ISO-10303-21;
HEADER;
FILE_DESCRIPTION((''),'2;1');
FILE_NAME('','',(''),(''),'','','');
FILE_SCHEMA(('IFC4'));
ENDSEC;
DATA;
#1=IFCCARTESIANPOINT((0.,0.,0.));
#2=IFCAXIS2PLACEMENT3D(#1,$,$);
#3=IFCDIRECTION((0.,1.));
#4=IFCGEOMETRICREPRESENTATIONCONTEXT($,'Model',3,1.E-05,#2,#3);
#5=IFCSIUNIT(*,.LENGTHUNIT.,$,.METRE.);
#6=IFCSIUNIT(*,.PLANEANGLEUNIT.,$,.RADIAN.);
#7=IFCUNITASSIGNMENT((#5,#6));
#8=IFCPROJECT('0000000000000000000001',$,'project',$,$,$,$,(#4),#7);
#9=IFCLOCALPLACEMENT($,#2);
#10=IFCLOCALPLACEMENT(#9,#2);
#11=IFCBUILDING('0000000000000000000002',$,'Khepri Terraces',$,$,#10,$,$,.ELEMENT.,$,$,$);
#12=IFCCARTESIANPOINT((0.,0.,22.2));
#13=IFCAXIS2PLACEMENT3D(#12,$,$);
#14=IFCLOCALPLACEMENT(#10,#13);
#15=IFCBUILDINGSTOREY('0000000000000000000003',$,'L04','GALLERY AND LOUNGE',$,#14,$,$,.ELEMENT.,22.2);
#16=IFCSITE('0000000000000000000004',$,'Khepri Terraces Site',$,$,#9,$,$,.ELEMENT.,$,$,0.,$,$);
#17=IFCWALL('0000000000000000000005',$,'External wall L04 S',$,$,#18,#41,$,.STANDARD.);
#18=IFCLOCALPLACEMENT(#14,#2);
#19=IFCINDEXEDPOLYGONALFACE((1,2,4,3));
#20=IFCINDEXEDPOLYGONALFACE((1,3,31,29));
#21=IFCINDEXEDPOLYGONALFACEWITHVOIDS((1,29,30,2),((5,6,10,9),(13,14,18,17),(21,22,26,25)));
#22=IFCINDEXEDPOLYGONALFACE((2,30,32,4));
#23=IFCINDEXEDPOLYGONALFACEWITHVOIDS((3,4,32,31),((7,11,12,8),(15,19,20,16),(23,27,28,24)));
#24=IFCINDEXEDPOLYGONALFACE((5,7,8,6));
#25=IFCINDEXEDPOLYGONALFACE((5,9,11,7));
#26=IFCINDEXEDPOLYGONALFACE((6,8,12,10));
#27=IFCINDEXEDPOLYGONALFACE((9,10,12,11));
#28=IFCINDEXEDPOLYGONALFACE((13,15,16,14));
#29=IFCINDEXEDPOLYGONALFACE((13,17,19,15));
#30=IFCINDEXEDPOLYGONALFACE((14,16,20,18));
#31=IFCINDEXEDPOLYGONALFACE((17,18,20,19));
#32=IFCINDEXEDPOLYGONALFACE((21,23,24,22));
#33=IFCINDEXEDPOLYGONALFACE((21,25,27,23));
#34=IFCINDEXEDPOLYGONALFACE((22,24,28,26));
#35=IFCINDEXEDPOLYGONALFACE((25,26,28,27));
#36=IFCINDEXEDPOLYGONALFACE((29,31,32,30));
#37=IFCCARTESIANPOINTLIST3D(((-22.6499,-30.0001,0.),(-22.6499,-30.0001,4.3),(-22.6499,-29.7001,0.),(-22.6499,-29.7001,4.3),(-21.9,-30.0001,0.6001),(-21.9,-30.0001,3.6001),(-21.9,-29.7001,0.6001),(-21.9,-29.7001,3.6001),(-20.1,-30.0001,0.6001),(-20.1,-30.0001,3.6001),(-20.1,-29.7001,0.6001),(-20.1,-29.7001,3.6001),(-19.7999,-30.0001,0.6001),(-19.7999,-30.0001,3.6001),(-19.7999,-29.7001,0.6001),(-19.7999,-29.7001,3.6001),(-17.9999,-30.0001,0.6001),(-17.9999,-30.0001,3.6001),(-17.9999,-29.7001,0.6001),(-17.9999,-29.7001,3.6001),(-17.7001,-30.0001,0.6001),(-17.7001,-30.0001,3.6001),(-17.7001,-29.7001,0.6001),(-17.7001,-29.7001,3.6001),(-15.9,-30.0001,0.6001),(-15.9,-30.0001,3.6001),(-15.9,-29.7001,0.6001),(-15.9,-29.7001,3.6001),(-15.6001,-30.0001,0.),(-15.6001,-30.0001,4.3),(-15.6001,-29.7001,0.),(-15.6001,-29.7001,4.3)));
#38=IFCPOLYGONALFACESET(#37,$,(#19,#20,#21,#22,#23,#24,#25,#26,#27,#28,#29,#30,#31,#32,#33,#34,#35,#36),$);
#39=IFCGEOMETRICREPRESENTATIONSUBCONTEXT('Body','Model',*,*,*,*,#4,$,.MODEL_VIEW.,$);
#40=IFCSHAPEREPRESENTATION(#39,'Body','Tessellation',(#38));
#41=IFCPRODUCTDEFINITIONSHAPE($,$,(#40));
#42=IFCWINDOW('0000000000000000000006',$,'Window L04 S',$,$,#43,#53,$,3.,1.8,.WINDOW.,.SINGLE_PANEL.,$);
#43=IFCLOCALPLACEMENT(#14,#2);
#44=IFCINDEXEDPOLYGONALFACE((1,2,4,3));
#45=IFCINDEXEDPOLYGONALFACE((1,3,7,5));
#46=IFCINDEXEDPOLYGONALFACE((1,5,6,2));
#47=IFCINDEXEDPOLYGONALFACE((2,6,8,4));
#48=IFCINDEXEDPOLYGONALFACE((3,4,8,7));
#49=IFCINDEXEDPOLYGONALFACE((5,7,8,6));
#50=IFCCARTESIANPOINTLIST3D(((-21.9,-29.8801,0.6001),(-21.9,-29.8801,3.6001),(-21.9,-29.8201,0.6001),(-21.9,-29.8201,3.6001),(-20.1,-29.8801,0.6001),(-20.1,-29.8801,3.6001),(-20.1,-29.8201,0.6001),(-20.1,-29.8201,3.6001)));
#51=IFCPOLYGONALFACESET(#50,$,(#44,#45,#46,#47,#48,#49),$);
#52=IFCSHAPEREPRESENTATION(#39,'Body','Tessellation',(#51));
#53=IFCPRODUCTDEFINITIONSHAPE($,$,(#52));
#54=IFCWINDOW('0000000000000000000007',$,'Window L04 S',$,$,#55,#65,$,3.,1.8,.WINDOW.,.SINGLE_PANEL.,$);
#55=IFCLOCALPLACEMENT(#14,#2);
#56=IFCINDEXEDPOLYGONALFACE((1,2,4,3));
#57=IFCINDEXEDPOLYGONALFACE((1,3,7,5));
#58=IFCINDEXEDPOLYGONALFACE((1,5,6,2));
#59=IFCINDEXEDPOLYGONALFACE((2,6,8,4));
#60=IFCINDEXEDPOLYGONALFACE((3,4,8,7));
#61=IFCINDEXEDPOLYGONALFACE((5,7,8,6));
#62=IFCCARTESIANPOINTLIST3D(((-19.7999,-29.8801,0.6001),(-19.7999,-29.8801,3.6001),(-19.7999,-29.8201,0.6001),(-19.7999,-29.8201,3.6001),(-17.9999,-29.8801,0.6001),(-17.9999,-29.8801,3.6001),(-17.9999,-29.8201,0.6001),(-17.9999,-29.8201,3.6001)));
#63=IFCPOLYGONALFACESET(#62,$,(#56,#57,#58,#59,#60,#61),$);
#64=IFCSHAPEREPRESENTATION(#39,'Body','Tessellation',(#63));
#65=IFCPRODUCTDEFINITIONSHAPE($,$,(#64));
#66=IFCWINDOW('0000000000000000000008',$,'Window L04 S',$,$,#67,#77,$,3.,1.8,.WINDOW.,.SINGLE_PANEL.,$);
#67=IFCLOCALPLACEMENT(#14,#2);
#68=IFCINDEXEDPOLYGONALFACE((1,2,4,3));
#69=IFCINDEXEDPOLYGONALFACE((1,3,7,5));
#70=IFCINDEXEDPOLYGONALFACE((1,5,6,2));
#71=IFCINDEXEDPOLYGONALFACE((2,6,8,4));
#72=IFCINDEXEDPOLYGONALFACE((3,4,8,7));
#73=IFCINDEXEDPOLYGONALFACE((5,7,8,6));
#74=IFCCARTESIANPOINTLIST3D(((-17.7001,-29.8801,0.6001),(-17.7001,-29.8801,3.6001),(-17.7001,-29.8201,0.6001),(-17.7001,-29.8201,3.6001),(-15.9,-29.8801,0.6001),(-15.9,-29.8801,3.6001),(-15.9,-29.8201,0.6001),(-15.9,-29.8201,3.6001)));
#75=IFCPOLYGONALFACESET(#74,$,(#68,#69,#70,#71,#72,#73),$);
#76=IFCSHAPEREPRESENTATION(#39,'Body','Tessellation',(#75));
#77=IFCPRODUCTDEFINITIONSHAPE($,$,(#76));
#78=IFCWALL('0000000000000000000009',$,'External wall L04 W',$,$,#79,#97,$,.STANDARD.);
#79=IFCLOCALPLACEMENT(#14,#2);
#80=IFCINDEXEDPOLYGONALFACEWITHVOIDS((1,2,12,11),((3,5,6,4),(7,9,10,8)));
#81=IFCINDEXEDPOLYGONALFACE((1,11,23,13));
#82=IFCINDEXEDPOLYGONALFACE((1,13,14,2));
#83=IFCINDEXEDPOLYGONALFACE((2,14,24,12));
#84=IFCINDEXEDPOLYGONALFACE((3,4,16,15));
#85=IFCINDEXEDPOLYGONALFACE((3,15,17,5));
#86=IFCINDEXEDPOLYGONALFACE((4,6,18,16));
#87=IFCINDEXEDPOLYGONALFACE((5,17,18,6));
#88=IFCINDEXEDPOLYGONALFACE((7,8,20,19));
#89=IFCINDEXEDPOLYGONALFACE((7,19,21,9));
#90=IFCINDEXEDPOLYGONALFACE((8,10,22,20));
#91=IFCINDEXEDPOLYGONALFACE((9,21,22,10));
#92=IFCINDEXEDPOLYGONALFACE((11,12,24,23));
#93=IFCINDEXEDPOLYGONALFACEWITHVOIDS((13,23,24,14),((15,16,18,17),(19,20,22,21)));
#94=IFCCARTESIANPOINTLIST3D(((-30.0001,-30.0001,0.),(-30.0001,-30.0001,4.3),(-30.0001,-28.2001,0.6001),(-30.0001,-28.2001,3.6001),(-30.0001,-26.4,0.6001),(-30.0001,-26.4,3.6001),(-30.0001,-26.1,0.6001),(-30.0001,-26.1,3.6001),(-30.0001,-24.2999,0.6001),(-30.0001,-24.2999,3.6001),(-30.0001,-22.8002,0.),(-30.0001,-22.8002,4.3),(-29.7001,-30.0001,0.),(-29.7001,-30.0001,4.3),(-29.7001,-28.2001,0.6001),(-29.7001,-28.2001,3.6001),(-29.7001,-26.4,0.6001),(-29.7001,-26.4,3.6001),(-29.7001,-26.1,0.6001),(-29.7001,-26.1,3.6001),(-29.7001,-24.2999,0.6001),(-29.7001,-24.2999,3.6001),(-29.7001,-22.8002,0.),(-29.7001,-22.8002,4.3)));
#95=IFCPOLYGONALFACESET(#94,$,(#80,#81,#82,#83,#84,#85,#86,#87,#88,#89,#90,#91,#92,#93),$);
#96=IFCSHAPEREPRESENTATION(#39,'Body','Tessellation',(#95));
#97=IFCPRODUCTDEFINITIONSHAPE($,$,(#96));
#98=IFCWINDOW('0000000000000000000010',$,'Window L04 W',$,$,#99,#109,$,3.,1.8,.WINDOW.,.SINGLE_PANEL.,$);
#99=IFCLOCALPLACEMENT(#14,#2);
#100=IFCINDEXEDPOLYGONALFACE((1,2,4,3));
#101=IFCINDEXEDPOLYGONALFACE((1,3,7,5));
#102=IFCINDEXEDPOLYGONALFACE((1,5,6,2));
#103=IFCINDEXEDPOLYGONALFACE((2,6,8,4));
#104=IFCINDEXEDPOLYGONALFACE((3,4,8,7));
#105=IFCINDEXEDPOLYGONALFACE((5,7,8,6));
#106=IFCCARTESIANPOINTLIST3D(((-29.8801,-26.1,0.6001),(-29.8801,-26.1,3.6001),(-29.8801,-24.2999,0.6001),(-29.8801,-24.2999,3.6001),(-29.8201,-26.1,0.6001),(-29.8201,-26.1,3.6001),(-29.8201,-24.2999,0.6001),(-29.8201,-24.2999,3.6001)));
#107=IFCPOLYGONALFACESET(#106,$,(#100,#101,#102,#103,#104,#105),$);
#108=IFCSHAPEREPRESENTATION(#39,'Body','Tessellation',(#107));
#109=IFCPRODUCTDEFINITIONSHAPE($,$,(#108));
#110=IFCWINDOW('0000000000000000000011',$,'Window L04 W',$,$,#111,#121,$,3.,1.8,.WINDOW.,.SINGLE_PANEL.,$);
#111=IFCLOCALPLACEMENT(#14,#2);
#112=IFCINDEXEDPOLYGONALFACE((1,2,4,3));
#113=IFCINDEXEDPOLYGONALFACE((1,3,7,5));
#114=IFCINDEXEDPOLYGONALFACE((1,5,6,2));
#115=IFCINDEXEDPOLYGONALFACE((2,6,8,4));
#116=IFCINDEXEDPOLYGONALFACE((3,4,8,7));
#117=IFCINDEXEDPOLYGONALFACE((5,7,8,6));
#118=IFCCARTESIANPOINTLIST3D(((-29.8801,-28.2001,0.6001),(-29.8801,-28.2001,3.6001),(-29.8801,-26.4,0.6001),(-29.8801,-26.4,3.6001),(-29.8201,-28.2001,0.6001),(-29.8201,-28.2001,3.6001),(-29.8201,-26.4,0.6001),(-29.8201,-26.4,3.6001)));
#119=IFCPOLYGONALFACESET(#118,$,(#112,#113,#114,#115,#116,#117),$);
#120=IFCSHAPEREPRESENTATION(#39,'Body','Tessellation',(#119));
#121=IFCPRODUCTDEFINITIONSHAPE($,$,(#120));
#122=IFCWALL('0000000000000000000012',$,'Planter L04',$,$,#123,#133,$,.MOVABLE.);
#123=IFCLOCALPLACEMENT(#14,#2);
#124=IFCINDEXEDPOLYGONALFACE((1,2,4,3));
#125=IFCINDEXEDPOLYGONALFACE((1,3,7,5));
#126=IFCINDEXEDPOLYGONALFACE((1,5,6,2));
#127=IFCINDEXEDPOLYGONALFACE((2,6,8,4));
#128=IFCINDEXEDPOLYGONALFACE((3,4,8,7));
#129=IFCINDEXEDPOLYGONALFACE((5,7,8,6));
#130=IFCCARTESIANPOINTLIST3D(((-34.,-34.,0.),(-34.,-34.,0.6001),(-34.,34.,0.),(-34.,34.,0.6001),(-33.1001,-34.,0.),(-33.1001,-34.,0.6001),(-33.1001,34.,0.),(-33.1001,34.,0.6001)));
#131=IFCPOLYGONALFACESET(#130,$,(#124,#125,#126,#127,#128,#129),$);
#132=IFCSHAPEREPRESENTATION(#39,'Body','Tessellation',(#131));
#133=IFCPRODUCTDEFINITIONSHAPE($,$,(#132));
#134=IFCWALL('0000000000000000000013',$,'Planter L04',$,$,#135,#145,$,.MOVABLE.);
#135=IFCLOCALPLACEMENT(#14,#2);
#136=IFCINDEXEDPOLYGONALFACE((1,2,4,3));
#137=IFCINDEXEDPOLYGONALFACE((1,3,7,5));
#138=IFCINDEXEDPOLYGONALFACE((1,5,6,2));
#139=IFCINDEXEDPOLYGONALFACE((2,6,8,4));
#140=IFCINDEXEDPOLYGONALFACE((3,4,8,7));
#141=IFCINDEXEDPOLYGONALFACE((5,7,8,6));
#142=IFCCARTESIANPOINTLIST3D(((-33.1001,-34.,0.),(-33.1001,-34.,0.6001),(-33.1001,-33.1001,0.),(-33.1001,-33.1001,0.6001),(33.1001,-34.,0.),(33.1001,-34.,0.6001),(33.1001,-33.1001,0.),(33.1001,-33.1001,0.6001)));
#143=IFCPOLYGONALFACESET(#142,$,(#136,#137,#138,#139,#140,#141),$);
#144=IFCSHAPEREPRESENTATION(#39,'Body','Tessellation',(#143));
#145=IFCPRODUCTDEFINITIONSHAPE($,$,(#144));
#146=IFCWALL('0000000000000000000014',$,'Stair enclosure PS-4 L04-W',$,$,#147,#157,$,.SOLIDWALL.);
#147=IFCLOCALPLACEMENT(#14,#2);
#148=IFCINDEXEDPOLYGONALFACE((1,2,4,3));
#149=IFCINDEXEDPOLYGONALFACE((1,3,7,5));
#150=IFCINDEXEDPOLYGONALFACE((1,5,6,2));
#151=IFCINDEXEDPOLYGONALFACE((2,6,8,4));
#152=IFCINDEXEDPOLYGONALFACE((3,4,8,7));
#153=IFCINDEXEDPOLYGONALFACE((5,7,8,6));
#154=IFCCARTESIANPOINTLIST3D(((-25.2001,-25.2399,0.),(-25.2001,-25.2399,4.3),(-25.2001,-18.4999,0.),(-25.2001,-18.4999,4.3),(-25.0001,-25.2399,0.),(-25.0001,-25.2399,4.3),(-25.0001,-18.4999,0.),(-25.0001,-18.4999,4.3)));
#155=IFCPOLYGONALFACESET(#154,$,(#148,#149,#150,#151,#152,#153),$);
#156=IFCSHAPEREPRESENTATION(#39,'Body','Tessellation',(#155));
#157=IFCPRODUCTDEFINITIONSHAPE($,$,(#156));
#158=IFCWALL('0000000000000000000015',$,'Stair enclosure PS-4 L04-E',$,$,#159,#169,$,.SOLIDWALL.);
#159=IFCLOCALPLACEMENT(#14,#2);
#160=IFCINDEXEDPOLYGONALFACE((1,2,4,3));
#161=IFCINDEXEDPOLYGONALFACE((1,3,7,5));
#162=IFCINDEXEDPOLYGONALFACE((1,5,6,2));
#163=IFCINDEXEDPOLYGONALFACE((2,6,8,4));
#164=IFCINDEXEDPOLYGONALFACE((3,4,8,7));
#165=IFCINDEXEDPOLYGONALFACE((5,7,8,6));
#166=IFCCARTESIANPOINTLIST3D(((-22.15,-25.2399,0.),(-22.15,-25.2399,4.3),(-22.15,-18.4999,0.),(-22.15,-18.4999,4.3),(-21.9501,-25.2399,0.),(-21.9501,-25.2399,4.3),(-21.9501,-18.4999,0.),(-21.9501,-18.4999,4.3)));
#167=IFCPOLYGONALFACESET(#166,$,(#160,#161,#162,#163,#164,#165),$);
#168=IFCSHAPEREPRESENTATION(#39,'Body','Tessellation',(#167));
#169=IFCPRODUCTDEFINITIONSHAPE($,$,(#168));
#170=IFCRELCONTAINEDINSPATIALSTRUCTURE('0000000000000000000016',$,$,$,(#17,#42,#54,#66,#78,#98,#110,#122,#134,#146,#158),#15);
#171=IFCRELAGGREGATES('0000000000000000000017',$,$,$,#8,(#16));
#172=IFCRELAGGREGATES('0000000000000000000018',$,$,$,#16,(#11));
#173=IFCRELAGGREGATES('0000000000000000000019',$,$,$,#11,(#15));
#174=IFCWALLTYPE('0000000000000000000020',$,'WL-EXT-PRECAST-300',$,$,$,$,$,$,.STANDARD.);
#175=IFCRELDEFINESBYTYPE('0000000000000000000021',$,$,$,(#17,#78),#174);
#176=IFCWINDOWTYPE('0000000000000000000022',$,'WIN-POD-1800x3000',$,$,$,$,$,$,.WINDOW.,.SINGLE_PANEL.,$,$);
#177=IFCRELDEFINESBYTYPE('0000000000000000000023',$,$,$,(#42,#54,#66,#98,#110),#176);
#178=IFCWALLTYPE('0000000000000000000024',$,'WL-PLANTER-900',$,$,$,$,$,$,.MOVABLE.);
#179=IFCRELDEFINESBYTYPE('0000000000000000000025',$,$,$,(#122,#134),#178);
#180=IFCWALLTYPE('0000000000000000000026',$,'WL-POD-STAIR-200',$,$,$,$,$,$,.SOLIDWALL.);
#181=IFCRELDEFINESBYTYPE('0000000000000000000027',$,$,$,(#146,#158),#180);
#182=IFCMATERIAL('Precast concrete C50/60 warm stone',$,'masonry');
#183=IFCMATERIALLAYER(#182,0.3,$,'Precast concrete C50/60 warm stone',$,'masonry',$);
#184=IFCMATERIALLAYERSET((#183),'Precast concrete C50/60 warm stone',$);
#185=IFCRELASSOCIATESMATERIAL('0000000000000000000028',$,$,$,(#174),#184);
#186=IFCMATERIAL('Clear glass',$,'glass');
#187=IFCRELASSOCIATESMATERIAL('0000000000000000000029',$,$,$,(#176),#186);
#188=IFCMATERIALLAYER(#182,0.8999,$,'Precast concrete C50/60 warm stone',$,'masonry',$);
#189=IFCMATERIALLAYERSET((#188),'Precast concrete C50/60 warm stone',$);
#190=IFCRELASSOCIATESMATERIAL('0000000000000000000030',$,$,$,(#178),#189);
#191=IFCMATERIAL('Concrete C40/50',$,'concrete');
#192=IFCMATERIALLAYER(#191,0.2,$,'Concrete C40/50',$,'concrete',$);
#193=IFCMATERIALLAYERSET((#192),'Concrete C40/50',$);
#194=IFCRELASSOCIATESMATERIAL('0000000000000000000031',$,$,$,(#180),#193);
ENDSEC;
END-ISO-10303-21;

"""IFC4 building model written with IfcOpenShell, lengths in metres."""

from ifc_helpers import new_model, si_unit, direction, frame, frame_2d, origin, place, context, subcontext, project, spatial, rectangle, extrude, material, layer, layer_set, type_object, element, fill, save


model = new_model("IFC4")

# Units and contexts
model_context = context("Model", 3, precision=1e-05, world=origin(), true_north=direction((0.0, 1.0)))
body_context = subcontext(model_context, "Body", "Model", "MODEL_VIEW")
ifc_project = project(units=[si_unit("LENGTHUNIT", "METRE"), si_unit("PLANEANGLEUNIT", "RADIAN")], contexts=[model_context])

# Site, building, storey
site_placement = place(None, origin())
site = spatial("IfcSite", under=ifc_project, at=site_placement, Name="Khepri Terraces Site", CompositionType="ELEMENT", RefElevation=0.0)
building_placement = place(site_placement, origin())
building = spatial("IfcBuilding", under=site, at=building_placement, Name="Khepri Terraces", CompositionType="ELEMENT")
storey_placement = place(building_placement, frame((0.0, 0.0, 22.2)))
storey = spatial("IfcBuildingStorey", under=building, at=storey_placement, Name="L04", Description="GALLERY AND LOUNGE", CompositionType="ELEMENT", Elevation=22.2)

# Shared definitions
ifc_material_1 = material(Name="Clear glass", Category="glass")

# Walls, openings, windows
ifc_material_2 = material(Name="Precast concrete C50/60 warm stone", Category="masonry")
ifc_layer_1 = layer(ifc_material_2, 0.3, Name="Precast concrete C50/60 warm stone", Category="masonry")
ifc_layer_set_1 = layer_set([ifc_layer_1], Name="Precast concrete C50/60 warm stone")
wall_type_1 = type_object("IfcWallType", Name="WL-EXT-PRECAST-300", PredefinedType="STANDARD", material=ifc_layer_set_1)
wall_1_placement = place(storey_placement, frame((-22.6499, -29.8501, 0.0), z_axis=(0.0, 0.0, 1.0), x_axis=(1.0, 0.0, 0.0)))
wall_1 = element("IfcWall", 1, at=wall_1_placement, inside=storey, type_object=wall_type_1, Name="External wall L04 S", PredefinedType="STANDARD", context=body_context, shape_type="SweptSolid", body=[
    extrude(rectangle(XDim=7.0498, YDim=0.3, at=frame_2d((3.5249, 0.0))), origin(), (0.0, 0.0, 1.0), 4.3),
])
opening_1_placement = place(wall_1_placement, frame((0.75, 0.0, 0.6001)))
opening_1 = element("IfcOpeningElement", 2, at=opening_1_placement, cuts=wall_1, PredefinedType="OPENING", context=body_context, shape_type="SweptSolid", body=[
    extrude(rectangle(XDim=1.8, YDim=3.0, at=frame_2d((0.8999, 1.5))), frame((0.0, 0.1602, 0.0), z_axis=(0.0, -1.0, 0.0), x_axis=(1.0, 0.0, 0.0)), (0.0, 0.0, 1.0), 0.3201),
])
opening_2_placement = place(wall_1_placement, frame((2.8501, 0.0, 0.6001)))
opening_2 = element("IfcOpeningElement", 3, at=opening_2_placement, cuts=wall_1, PredefinedType="OPENING", context=body_context, shape_type="SweptSolid", body=[
    extrude(rectangle(XDim=1.8, YDim=3.0, at=frame_2d((0.8999, 1.5))), frame((0.0, 0.1602, 0.0), z_axis=(0.0, -1.0, 0.0), x_axis=(1.0, 0.0, 0.0)), (0.0, 0.0, 1.0), 0.3201),
])
opening_3_placement = place(wall_1_placement, frame((4.95, 0.0, 0.6001)))
opening_3 = element("IfcOpeningElement", 4, at=opening_3_placement, cuts=wall_1, PredefinedType="OPENING", context=body_context, shape_type="SweptSolid", body=[
    extrude(rectangle(XDim=1.8, YDim=3.0, at=frame_2d((0.8999, 1.5))), frame((0.0, 0.1602, 0.0), z_axis=(0.0, -1.0, 0.0), x_axis=(1.0, 0.0, 0.0)), (0.0, 0.0, 1.0), 0.3201),
])
window_type = type_object("IfcWindowType", Name="WIN-POD-1800x3000", PartitioningType="SINGLE_PANEL", PredefinedType="WINDOW", material=ifc_material_1)
window_1_placement = place(opening_1_placement, origin())
window_1 = element("IfcWindow", 5, at=window_1_placement, inside=storey, type_object=window_type, Name="Window L04 S", OverallHeight=3.0, OverallWidth=1.8, PartitioningType="SINGLE_PANEL", PredefinedType="WINDOW", context=body_context, shape_type="SweptSolid", body=[
    extrude(rectangle(XDim=1.8, YDim=3.0, at=frame_2d((0.8999, 1.5))), frame((0.0, 0.03, 0.0), z_axis=(0.0, -1.0, 0.0), x_axis=(1.0, 0.0, 0.0)), (0.0, 0.0, 1.0), 0.0601),
])
fill(opening_1, window_1)
window_2_placement = place(opening_2_placement, origin())
window_2 = element("IfcWindow", 6, at=window_2_placement, inside=storey, type_object=window_type, Name="Window L04 S", OverallHeight=3.0, OverallWidth=1.8, PartitioningType="SINGLE_PANEL", PredefinedType="WINDOW", context=body_context, shape_type="SweptSolid", body=[
    extrude(rectangle(XDim=1.8, YDim=3.0, at=frame_2d((0.8999, 1.5))), frame((0.0, 0.03, 0.0), z_axis=(0.0, -1.0, 0.0), x_axis=(1.0, 0.0, 0.0)), (0.0, 0.0, 1.0), 0.0601),
])
fill(opening_2, window_2)
window_3_placement = place(opening_3_placement, origin())
window_3 = element("IfcWindow", 7, at=window_3_placement, inside=storey, type_object=window_type, Name="Window L04 S", OverallHeight=3.0, OverallWidth=1.8, PartitioningType="SINGLE_PANEL", PredefinedType="WINDOW", context=body_context, shape_type="SweptSolid", body=[
    extrude(rectangle(XDim=1.8, YDim=3.0, at=frame_2d((0.8999, 1.5))), frame((0.0, 0.03, 0.0), z_axis=(0.0, -1.0, 0.0), x_axis=(1.0, 0.0, 0.0)), (0.0, 0.0, 1.0), 0.0601),
])
fill(opening_3, window_3)
wall_2_placement = place(storey_placement, frame((-29.8501, -22.8, 0.0), z_axis=(0.0, 0.0, 1.0), x_axis=(0.0, -1.0, 0.0)))
wall_2 = element("IfcWall", 8, at=wall_2_placement, inside=storey, type_object=wall_type_1, Name="External wall L04 W", PredefinedType="STANDARD", context=body_context, shape_type="SweptSolid", body=[
    extrude(rectangle(XDim=7.2, YDim=0.3, at=frame_2d((3.6001, 0.0))), origin(), (0.0, 0.0, 1.0), 4.3),
])
opening_4_placement = place(wall_2_placement, frame((1.5, 0.0, 0.6001)))
opening_4 = element("IfcOpeningElement", 9, at=opening_4_placement, cuts=wall_2, PredefinedType="OPENING", context=body_context, shape_type="SweptSolid", body=[
    extrude(rectangle(XDim=1.8, YDim=3.0, at=frame_2d((0.8999, 1.5))), frame((0.0, 0.1602, 0.0), z_axis=(0.0, -1.0, 0.0), x_axis=(1.0, 0.0, 0.0)), (0.0, 0.0, 1.0), 0.3201),
])
opening_5_placement = place(wall_2_placement, frame((3.6001, 0.0, 0.6001)))
opening_5 = element("IfcOpeningElement", 10, at=opening_5_placement, cuts=wall_2, PredefinedType="OPENING", context=body_context, shape_type="SweptSolid", body=[
    extrude(rectangle(XDim=1.8, YDim=3.0, at=frame_2d((0.8999, 1.5))), frame((0.0, 0.1602, 0.0), z_axis=(0.0, -1.0, 0.0), x_axis=(1.0, 0.0, 0.0)), (0.0, 0.0, 1.0), 0.3201),
])
window_4_placement = place(opening_4_placement, origin())
window_4 = element("IfcWindow", 11, at=window_4_placement, inside=storey, type_object=window_type, Name="Window L04 W", OverallHeight=3.0, OverallWidth=1.8, PartitioningType="SINGLE_PANEL", PredefinedType="WINDOW", context=body_context, shape_type="SweptSolid", body=[
    extrude(rectangle(XDim=1.8, YDim=3.0, at=frame_2d((0.8999, 1.5))), frame((0.0, 0.03, 0.0), z_axis=(0.0, -1.0, 0.0), x_axis=(1.0, 0.0, 0.0)), (0.0, 0.0, 1.0), 0.0601),
])
fill(opening_4, window_4)
window_5_placement = place(opening_5_placement, origin())
window_5 = element("IfcWindow", 12, at=window_5_placement, inside=storey, type_object=window_type, Name="Window L04 W", OverallHeight=3.0, OverallWidth=1.8, PartitioningType="SINGLE_PANEL", PredefinedType="WINDOW", context=body_context, shape_type="SweptSolid", body=[
    extrude(rectangle(XDim=1.8, YDim=3.0, at=frame_2d((0.8999, 1.5))), frame((0.0, 0.03, 0.0), z_axis=(0.0, -1.0, 0.0), x_axis=(1.0, 0.0, 0.0)), (0.0, 0.0, 1.0), 0.0601),
])
fill(opening_5, window_5)

# Walls
ifc_layer_2 = layer(ifc_material_2, 0.8999, Name="Precast concrete C50/60 warm stone", Category="masonry")
ifc_layer_set_2 = layer_set([ifc_layer_2], Name="Precast concrete C50/60 warm stone")
wall_type_2 = type_object("IfcWallType", Name="WL-PLANTER-900", PredefinedType="MOVABLE", material=ifc_layer_set_2)
wall_3_placement = place(storey_placement, frame((-33.55, -34.0, 0.0), z_axis=(0.0, 0.0, 1.0), x_axis=(0.0, 1.0, 0.0)))
element("IfcWall", 13, at=wall_3_placement, inside=storey, type_object=wall_type_2, Name="Planter L04", PredefinedType="MOVABLE", context=body_context, shape_type="SweptSolid", body=[
    extrude(rectangle(XDim=68.0, YDim=0.8999, at=frame_2d((34.0, 0.0))), origin(), (0.0, 0.0, 1.0), 0.6001),
])
wall_4_placement = place(storey_placement, frame((-33.1001, -33.55, 0.0), z_axis=(0.0, 0.0, 1.0), x_axis=(1.0, 0.0, 0.0)))
element("IfcWall", 14, at=wall_4_placement, inside=storey, type_object=wall_type_2, Name="Planter L04", PredefinedType="MOVABLE", context=body_context, shape_type="SweptSolid", body=[
    extrude(rectangle(XDim=66.2002, YDim=0.8999, at=frame_2d((33.1001, 0.0))), origin(), (0.0, 0.0, 1.0), 0.6001),
])
ifc_material_3 = material(Name="Concrete C40/50", Category="concrete")
ifc_layer_3 = layer(ifc_material_3, 0.2, Name="Concrete C40/50", Category="concrete")
ifc_layer_set_3 = layer_set([ifc_layer_3], Name="Concrete C40/50")
wall_type_3 = type_object("IfcWallType", Name="WL-POD-STAIR-200", PredefinedType="SOLIDWALL", material=ifc_layer_set_3)
for number, where, z_axis, x_axis, name in (
    (15, (-25.1001, -25.24, 0.0), (0.0, 0.0, 1.0), (0.0, 1.0, 0.0), "Stair enclosure PS-4 L04-W"),
    (16, (-22.05, -25.24, 0.0), (0.0, 0.0, 1.0), (0.0, 1.0, 0.0), "Stair enclosure PS-4 L04-E"),
):
    element("IfcWall", number, at=place(storey_placement, frame(where, z_axis=z_axis, x_axis=x_axis)), inside=storey, type_object=wall_type_3, Name=name, PredefinedType="SOLIDWALL", context=body_context, shape_type="SweptSolid", body=[
        extrude(rectangle(XDim=6.74, YDim=0.2, at=frame_2d((3.3701, 0.0))), origin(), (0.0, 0.0, 1.0), 4.3),
    ])

save(model, "model.ifc")
